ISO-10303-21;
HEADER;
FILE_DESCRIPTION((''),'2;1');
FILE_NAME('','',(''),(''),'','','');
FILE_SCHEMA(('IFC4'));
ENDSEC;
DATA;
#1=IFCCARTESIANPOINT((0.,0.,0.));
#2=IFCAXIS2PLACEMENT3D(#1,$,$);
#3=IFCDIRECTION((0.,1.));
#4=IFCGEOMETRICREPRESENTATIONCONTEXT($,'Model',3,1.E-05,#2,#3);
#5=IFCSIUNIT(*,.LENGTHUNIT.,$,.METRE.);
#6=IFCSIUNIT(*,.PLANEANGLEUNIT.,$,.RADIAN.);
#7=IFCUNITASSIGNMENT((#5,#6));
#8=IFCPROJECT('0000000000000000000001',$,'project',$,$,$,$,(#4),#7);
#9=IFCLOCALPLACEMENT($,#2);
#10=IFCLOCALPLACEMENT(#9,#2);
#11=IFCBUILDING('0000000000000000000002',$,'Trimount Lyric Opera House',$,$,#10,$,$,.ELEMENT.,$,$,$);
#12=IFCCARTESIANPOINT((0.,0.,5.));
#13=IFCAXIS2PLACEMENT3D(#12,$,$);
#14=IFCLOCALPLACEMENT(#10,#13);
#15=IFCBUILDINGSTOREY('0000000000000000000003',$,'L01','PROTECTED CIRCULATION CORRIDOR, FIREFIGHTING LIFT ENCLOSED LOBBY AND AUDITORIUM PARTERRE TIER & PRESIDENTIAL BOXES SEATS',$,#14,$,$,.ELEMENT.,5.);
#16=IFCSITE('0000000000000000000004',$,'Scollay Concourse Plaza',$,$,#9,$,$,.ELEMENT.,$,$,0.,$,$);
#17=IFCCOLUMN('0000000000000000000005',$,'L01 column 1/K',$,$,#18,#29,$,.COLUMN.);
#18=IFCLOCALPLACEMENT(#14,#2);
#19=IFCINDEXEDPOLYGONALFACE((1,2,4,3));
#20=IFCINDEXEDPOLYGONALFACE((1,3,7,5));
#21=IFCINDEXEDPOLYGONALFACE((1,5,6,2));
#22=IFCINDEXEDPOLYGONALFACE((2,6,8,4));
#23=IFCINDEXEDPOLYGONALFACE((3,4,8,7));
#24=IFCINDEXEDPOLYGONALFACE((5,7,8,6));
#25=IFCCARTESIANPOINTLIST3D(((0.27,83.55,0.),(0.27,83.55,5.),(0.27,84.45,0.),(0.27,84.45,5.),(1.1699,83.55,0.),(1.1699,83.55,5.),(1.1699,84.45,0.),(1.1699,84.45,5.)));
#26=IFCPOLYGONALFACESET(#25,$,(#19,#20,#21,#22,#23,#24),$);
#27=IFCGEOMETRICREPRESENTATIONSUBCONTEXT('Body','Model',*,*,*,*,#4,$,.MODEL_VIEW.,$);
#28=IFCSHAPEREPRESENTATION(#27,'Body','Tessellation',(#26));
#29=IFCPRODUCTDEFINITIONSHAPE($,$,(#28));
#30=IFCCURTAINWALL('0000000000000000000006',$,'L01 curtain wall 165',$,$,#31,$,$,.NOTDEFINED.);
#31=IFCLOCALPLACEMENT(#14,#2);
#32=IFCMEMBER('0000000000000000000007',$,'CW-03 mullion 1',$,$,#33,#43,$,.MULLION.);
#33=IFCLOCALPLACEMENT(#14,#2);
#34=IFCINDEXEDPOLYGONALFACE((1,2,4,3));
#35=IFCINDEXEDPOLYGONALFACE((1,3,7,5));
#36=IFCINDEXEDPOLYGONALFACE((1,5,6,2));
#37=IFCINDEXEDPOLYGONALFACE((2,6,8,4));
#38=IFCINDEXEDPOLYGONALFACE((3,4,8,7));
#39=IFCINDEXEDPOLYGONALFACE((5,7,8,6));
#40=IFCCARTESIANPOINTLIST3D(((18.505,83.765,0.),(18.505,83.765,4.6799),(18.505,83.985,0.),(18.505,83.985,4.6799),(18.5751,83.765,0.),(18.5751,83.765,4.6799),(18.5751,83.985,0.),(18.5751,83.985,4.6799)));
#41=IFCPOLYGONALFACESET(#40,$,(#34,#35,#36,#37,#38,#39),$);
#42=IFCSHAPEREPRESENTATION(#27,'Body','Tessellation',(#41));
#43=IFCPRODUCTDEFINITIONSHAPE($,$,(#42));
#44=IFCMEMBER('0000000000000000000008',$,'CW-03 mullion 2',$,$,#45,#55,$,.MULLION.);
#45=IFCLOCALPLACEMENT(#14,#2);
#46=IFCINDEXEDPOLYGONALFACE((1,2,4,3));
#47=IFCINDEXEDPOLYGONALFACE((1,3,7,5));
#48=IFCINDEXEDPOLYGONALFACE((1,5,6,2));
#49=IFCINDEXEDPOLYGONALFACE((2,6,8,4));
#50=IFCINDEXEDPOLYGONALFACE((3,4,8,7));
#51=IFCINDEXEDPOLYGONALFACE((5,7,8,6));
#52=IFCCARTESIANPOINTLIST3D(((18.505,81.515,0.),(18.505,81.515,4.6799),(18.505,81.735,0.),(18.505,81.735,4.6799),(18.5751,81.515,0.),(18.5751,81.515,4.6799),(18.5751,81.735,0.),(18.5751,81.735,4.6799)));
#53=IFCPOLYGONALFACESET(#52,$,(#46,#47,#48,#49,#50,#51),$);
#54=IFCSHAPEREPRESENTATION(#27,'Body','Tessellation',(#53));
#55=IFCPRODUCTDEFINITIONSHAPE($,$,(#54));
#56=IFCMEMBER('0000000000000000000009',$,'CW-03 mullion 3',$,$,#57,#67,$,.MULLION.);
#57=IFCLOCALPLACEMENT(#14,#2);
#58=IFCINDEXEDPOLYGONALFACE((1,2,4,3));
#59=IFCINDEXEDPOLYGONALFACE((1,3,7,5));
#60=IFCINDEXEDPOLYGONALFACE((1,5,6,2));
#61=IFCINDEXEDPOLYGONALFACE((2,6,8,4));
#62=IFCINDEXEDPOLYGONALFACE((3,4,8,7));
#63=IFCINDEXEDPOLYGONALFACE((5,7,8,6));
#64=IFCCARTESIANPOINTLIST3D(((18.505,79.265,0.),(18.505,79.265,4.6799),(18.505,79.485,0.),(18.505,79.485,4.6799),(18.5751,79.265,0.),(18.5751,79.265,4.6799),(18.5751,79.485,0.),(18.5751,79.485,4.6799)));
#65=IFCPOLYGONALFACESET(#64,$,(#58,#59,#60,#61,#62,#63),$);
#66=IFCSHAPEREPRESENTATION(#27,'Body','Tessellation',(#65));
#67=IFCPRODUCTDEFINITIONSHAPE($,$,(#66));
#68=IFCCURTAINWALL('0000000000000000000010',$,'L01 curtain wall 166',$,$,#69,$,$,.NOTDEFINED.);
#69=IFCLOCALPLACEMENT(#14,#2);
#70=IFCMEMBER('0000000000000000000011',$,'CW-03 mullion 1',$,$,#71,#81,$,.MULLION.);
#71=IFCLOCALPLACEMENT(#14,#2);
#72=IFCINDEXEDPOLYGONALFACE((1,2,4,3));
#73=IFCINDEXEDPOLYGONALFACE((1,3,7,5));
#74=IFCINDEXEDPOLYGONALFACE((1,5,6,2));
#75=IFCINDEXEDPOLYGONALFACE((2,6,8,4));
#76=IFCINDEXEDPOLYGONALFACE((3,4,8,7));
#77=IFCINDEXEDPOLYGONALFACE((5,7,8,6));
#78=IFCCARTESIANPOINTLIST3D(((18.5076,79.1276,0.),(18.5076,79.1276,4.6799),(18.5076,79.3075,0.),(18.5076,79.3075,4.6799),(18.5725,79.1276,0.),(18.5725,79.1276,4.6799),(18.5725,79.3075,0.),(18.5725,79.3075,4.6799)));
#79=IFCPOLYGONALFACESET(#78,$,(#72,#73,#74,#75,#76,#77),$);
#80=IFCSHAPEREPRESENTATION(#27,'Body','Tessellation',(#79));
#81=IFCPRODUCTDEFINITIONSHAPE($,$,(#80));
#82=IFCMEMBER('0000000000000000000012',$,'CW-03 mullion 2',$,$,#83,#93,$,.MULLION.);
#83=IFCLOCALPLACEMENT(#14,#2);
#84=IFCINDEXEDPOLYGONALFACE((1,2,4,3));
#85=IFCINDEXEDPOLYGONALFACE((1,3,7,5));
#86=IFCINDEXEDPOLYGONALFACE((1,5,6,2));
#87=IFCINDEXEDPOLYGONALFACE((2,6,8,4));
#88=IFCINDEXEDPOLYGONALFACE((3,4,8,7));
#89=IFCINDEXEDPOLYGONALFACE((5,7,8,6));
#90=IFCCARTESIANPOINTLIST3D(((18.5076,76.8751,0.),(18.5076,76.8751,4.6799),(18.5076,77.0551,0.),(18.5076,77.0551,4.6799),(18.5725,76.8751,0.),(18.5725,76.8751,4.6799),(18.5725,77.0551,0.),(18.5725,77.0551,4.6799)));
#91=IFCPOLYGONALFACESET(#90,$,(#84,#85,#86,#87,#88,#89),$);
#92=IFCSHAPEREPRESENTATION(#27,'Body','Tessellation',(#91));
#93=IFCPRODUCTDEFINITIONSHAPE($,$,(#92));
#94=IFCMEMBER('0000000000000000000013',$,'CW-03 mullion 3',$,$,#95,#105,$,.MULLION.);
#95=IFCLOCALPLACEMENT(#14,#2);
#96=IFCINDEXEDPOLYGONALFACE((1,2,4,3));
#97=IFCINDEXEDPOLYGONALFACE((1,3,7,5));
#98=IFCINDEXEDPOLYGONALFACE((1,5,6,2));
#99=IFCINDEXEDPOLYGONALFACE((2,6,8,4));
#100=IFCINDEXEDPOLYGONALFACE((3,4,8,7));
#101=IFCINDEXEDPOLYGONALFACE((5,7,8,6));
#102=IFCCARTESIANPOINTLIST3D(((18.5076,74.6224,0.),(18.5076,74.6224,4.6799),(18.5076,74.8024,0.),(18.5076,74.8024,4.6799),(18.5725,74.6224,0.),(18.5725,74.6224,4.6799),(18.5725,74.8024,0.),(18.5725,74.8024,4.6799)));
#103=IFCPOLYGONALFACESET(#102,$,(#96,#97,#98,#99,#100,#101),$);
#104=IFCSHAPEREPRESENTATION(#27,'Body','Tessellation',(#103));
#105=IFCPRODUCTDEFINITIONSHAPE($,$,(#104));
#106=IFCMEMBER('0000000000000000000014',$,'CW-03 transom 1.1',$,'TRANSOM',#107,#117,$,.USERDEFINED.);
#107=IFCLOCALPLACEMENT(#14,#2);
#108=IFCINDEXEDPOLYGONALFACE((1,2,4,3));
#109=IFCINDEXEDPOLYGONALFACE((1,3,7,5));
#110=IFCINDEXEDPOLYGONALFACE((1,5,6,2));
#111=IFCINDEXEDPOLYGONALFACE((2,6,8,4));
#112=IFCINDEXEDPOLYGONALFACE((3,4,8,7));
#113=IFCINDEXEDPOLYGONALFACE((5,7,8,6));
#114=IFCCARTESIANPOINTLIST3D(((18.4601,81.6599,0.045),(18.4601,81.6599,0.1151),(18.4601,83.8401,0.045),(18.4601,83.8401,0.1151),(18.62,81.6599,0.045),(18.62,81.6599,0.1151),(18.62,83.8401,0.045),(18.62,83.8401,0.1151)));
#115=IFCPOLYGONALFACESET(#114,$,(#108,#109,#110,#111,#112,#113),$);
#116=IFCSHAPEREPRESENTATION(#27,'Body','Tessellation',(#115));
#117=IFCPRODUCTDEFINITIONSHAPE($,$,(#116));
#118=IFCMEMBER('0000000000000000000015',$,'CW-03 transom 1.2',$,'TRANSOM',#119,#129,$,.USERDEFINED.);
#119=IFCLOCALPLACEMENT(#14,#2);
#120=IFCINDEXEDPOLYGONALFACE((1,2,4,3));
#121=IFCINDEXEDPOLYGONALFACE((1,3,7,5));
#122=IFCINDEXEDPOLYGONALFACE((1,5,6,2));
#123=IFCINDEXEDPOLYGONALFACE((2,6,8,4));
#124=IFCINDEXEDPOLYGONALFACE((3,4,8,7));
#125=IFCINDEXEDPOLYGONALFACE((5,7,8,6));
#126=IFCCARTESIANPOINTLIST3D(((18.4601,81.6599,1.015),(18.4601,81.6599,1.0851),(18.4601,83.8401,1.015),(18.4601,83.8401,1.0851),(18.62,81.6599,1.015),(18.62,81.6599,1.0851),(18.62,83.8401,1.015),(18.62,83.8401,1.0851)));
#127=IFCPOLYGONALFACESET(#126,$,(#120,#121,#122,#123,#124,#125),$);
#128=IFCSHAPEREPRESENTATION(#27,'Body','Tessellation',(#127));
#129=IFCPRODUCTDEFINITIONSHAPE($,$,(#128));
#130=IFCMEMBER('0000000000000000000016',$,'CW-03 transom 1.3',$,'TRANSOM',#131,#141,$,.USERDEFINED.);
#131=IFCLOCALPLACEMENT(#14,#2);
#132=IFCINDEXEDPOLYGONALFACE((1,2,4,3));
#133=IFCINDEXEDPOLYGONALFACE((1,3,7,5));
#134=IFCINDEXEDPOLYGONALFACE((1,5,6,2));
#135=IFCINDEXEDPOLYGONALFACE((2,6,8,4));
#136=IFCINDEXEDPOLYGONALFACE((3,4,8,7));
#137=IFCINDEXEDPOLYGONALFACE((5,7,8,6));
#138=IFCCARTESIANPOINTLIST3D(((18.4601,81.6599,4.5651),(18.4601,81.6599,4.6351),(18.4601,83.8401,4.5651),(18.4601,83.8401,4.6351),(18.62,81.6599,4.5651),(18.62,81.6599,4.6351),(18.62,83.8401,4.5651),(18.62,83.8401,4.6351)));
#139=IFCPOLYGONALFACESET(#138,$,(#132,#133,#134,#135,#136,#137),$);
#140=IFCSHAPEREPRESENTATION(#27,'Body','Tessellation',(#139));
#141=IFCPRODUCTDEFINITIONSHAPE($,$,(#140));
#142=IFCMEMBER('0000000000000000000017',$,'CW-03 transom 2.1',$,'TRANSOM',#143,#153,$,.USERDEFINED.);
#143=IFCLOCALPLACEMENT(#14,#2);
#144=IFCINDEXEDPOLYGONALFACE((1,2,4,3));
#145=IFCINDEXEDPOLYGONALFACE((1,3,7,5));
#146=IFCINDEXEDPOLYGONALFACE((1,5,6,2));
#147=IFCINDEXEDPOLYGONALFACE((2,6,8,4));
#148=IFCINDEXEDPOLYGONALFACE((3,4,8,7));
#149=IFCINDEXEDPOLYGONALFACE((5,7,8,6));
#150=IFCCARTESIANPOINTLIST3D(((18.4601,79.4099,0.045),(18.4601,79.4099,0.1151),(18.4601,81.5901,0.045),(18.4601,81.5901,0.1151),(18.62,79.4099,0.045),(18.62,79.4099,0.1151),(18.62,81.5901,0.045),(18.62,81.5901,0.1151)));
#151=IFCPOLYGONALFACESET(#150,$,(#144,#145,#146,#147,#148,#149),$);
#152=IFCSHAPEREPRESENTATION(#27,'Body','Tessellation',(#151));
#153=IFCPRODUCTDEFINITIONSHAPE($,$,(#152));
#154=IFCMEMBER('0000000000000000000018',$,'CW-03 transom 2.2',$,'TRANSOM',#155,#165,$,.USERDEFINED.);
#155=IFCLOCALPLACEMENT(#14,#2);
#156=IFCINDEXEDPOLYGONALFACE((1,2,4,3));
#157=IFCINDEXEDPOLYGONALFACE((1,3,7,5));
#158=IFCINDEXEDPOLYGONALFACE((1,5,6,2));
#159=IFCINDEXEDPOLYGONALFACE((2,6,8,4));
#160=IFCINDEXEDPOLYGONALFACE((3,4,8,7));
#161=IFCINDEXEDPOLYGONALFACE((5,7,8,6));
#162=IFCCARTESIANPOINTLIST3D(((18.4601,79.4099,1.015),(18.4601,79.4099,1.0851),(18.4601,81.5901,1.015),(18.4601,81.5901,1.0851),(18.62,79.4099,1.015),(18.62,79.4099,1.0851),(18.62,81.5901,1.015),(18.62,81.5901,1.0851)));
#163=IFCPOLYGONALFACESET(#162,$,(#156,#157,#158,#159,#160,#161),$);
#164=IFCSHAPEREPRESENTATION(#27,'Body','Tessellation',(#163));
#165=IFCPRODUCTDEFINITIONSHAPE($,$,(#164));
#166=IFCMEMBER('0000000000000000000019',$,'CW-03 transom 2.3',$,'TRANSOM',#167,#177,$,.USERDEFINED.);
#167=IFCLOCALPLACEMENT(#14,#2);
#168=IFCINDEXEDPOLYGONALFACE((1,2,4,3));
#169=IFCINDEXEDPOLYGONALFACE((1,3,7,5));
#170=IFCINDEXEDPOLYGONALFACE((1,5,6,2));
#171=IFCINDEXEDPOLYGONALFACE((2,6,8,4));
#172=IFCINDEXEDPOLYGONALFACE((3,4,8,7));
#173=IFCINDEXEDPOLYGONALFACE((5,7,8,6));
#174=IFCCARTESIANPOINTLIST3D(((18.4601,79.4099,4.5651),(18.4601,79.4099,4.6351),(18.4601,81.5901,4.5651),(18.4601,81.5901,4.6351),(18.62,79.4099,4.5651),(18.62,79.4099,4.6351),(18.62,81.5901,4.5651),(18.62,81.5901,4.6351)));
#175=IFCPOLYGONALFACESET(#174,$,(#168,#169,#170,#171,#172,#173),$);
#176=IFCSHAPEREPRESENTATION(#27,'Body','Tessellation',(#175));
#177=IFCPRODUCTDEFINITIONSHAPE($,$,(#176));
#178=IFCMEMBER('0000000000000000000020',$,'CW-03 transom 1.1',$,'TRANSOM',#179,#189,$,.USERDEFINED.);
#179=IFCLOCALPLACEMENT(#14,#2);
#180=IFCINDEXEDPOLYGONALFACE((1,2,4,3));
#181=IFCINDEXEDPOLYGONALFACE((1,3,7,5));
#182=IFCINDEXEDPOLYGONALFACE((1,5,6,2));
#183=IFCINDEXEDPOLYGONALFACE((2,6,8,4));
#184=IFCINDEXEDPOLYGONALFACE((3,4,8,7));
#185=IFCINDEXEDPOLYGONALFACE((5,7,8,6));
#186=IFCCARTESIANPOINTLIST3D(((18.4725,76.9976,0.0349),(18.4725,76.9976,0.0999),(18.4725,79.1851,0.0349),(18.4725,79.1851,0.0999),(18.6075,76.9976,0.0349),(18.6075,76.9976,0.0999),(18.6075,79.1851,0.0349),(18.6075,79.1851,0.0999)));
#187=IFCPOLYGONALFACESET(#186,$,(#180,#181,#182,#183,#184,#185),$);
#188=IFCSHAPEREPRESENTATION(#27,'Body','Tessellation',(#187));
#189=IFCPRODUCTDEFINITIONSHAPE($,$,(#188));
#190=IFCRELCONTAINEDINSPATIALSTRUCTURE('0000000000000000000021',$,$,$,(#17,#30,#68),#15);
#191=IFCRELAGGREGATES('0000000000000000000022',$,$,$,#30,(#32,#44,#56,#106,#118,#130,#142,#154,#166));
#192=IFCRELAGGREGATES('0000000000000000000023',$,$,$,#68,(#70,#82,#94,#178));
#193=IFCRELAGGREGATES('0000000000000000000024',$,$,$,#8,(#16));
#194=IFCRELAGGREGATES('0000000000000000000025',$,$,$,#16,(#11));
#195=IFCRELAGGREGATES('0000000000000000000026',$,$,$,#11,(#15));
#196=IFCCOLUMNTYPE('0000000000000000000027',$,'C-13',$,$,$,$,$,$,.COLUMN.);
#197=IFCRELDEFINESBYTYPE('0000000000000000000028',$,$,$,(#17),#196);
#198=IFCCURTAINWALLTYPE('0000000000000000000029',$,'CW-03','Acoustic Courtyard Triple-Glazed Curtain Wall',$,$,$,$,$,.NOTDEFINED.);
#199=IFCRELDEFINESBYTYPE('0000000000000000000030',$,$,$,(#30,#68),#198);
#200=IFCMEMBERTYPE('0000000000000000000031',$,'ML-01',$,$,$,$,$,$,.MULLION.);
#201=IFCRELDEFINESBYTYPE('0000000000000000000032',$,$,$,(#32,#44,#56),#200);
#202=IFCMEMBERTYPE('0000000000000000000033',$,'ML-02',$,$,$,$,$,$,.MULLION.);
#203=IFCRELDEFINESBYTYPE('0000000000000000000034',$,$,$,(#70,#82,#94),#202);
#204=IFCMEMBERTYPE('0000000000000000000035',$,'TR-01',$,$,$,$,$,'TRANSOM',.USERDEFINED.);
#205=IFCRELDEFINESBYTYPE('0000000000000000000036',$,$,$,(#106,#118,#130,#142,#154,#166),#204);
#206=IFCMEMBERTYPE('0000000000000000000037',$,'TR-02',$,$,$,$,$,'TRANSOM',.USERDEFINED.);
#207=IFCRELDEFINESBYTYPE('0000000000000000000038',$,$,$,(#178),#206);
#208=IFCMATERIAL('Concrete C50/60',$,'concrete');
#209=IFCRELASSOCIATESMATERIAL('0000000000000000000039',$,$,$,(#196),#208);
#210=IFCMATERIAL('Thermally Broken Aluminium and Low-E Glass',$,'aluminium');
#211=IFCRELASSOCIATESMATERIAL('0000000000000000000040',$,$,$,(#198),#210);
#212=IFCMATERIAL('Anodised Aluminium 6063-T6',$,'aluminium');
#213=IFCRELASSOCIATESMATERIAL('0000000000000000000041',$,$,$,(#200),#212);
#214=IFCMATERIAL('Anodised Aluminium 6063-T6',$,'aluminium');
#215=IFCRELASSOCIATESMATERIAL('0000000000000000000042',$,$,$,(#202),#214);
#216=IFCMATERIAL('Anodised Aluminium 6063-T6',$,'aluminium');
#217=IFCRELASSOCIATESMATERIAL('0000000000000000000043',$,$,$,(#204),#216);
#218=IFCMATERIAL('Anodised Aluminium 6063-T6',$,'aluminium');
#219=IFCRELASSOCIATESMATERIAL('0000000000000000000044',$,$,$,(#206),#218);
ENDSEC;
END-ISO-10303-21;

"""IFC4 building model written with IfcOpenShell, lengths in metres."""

from ifc_helpers import new_model, si_unit, direction, frame, origin, origin_2d, place, context, subcontext, project, spatial, rectangle, extrude, material, material_profile, profile_set, type_object, element, aggregate, save


model = new_model("IFC4")

# Units and contexts
model_context = context("Model", 3, precision=1e-05, world=origin(), true_north=direction((0.0, 1.0)))
body_context = subcontext(model_context, "Body", "Model", "MODEL_VIEW")
ifc_project = project(units=[si_unit("LENGTHUNIT", "METRE"), si_unit("PLANEANGLEUNIT", "RADIAN")], contexts=[model_context])

# Site, building, storey
site_placement = place(None, origin())
site = spatial("IfcSite", under=ifc_project, at=site_placement, Name="Scollay Concourse Plaza", CompositionType="ELEMENT", RefElevation=0.0)
building_placement = place(site_placement, origin())
building = spatial("IfcBuilding", under=site, at=building_placement, Name="Trimount Lyric Opera House", CompositionType="ELEMENT")
storey_placement = place(building_placement, frame((0.0, 0.0, 5.0)))
storey = spatial("IfcBuildingStorey", under=building, at=storey_placement, Name="L01", Description="PROTECTED CIRCULATION CORRIDOR, FIREFIGHTING LIFT ENCLOSED LOBBY AND AUDITORIUM PARTERRE TIER & PRESIDENTIAL BOXES SEATS", CompositionType="ELEMENT", Elevation=5.0)

# Column
ifc_material_1 = material(Name="Concrete C50/60", Category="concrete")
ifc_material_profile_1 = material_profile(ifc_material_1, rectangle(XDim=0.8999, YDim=0.8999, at=origin_2d()), Name="RC900X900")
ifc_profile_set_1 = profile_set([ifc_material_profile_1], Name="Concrete C50/60")
column_type = type_object("IfcColumnType", Name="C-13", PredefinedType="COLUMN", material=ifc_profile_set_1)
column_placement = place(storey_placement, frame((0.72, 84.0, 0.0), z_axis=(0.0, 0.0, 1.0), x_axis=(1.0, 0.0, 0.0)))
element("IfcColumn", 1, at=column_placement, inside=storey, type_object=column_type, Name="L01 column 1/K", PredefinedType="COLUMN", context=body_context, shape_type="SweptSolid", body=[
    extrude(rectangle(XDim=0.8999, YDim=0.8999, at=origin_2d()), origin(), (0.0, 0.0, 1.0), 5.0),
])

# Curtain walls, members
ifc_material_2 = material(Name="Thermally Broken Aluminium and Low-E Glass", Category="aluminium")
curtain_wall_type = type_object("IfcCurtainWallType", Name="CW-03", Description="Acoustic Courtyard Triple-Glazed Curtain Wall", PredefinedType="NOTDEFINED", material=ifc_material_2)
curtain_wall_1_placement = place(storey_placement, origin())
curtain_wall_1 = element("IfcCurtainWall", 2, at=curtain_wall_1_placement, inside=storey, type_object=curtain_wall_type, Name="L01 curtain wall 165", PredefinedType="NOTDEFINED")
ifc_material_3 = material(Name="Anodised Aluminium 6063-T6", Category="aluminium")
ifc_material_profile_2 = material_profile(ifc_material_3, rectangle(XDim=0.0701, YDim=0.22, at=origin_2d()), Name="ALU-MULL-70X220")
ifc_profile_set_2 = profile_set([ifc_material_profile_2], Name="Anodised Aluminium 6063-T6")
member_type_1 = type_object("IfcMemberType", Name="ML-01", PredefinedType="MULLION", material=ifc_profile_set_2)
member_1_placement = place(storey_placement, frame((18.54, 83.875, 0.0), z_axis=(0.0, 0.0, 1.0), x_axis=(1.0, 0.0, 0.0)))
member_1 = element("IfcMember", 3, at=member_1_placement, type_object=member_type_1, Name="CW-03 mullion 1", PredefinedType="MULLION", context=body_context, shape_type="SweptSolid", body=[
    extrude(rectangle(XDim=0.0701, YDim=0.22, at=origin_2d()), origin(), (0.0, 0.0, 1.0), 4.6799),
])
member_2_placement = place(storey_placement, frame((18.54, 81.625, 0.0), z_axis=(0.0, 0.0, 1.0), x_axis=(1.0, 0.0, 0.0)))
member_2 = element("IfcMember", 4, at=member_2_placement, type_object=member_type_1, Name="CW-03 mullion 2", PredefinedType="MULLION", context=body_context, shape_type="SweptSolid", body=[
    extrude(rectangle(XDim=0.0701, YDim=0.22, at=origin_2d()), origin(), (0.0, 0.0, 1.0), 4.6799),
])
member_3_placement = place(storey_placement, frame((18.54, 79.375, 0.0), z_axis=(0.0, 0.0, 1.0), x_axis=(1.0, 0.0, 0.0)))
member_3 = element("IfcMember", 5, at=member_3_placement, type_object=member_type_1, Name="CW-03 mullion 3", PredefinedType="MULLION", context=body_context, shape_type="SweptSolid", body=[
    extrude(rectangle(XDim=0.0701, YDim=0.22, at=origin_2d()), origin(), (0.0, 0.0, 1.0), 4.6799),
])
curtain_wall_2_placement = place(storey_placement, origin())
curtain_wall_2 = element("IfcCurtainWall", 6, at=curtain_wall_2_placement, inside=storey, type_object=curtain_wall_type, Name="L01 curtain wall 166", PredefinedType="NOTDEFINED")
ifc_material_4 = material(Name="Anodised Aluminium 6063-T6", Category="aluminium")
ifc_material_profile_3 = material_profile(ifc_material_4, rectangle(XDim=0.0649, YDim=0.1799, at=origin_2d()), Name="ALU-MULL-65X180")
ifc_profile_set_3 = profile_set([ifc_material_profile_3], Name="Anodised Aluminium 6063-T6")
member_type_2 = type_object("IfcMemberType", Name="ML-02", PredefinedType="MULLION", material=ifc_profile_set_3)
member_4_placement = place(storey_placement, frame((18.54, 79.2175, 0.0), z_axis=(0.0, 0.0, 1.0), x_axis=(1.0, 0.0, 0.0)))
member_4 = element("IfcMember", 7, at=member_4_placement, type_object=member_type_2, Name="CW-03 mullion 1", PredefinedType="MULLION", context=body_context, shape_type="SweptSolid", body=[
    extrude(rectangle(XDim=0.0649, YDim=0.1799, at=origin_2d()), origin(), (0.0, 0.0, 1.0), 4.6799),
])
member_5_placement = place(storey_placement, frame((18.54, 76.9651, 0.0), z_axis=(0.0, 0.0, 1.0), x_axis=(1.0, 0.0, 0.0)))
member_5 = element("IfcMember", 8, at=member_5_placement, type_object=member_type_2, Name="CW-03 mullion 2", PredefinedType="MULLION", context=body_context, shape_type="SweptSolid", body=[
    extrude(rectangle(XDim=0.0649, YDim=0.1799, at=origin_2d()), origin(), (0.0, 0.0, 1.0), 4.6799),
])
member_6_placement = place(storey_placement, frame((18.54, 74.7124, 0.0), z_axis=(0.0, 0.0, 1.0), x_axis=(1.0, 0.0, 0.0)))
member_6 = element("IfcMember", 9, at=member_6_placement, type_object=member_type_2, Name="CW-03 mullion 3", PredefinedType="MULLION", context=body_context, shape_type="SweptSolid", body=[
    extrude(rectangle(XDim=0.0649, YDim=0.1799, at=origin_2d()), origin(), (0.0, 0.0, 1.0), 4.6799),
])

# Members
ifc_material_5 = material(Name="Anodised Aluminium 6063-T6", Category="aluminium")
ifc_material_profile_4 = material_profile(ifc_material_5, rectangle(XDim=0.1599, YDim=0.0701, at=origin_2d()), Name="ALU-TRAN-70X160")
ifc_profile_set_4 = profile_set([ifc_material_profile_4], Name="Anodised Aluminium 6063-T6")
member_type_3 = type_object("IfcMemberType", Name="TR-01", ElementType="TRANSOM", PredefinedType="USERDEFINED", material=ifc_profile_set_4)
member_7_placement = place(storey_placement, frame((18.54, 83.8401, 0.0801), z_axis=(0.0, -1.0, 0.0), x_axis=(1.0, 0.0, 0.0)))
member_7 = element("IfcMember", 10, at=member_7_placement, type_object=member_type_3, Name="CW-03 transom 1.1", ObjectType="TRANSOM", PredefinedType="USERDEFINED", context=body_context, shape_type="SweptSolid", body=[
    extrude(rectangle(XDim=0.1599, YDim=0.0701, at=origin_2d()), origin(), (0.0, 0.0, 1.0), 2.1802),
])
member_8_placement = place(storey_placement, frame((18.54, 83.8401, 1.05), z_axis=(0.0, -1.0, 0.0), x_axis=(1.0, 0.0, 0.0)))
member_8 = element("IfcMember", 11, at=member_8_placement, type_object=member_type_3, Name="CW-03 transom 1.2", ObjectType="TRANSOM", PredefinedType="USERDEFINED", context=body_context, shape_type="SweptSolid", body=[
    extrude(rectangle(XDim=0.1599, YDim=0.0701, at=origin_2d()), origin(), (0.0, 0.0, 1.0), 2.1802),
])
member_9_placement = place(storey_placement, frame((18.54, 83.8401, 4.6001), z_axis=(0.0, -1.0, 0.0), x_axis=(1.0, 0.0, 0.0)))
member_9 = element("IfcMember", 12, at=member_9_placement, type_object=member_type_3, Name="CW-03 transom 1.3", ObjectType="TRANSOM", PredefinedType="USERDEFINED", context=body_context, shape_type="SweptSolid", body=[
    extrude(rectangle(XDim=0.1599, YDim=0.0701, at=origin_2d()), origin(), (0.0, 0.0, 1.0), 2.1802),
])
member_10_placement = place(storey_placement, frame((18.54, 81.5901, 0.0801), z_axis=(0.0, -1.0, 0.0), x_axis=(1.0, 0.0, 0.0)))
member_10 = element("IfcMember", 13, at=member_10_placement, type_object=member_type_3, Name="CW-03 transom 2.1", ObjectType="TRANSOM", PredefinedType="USERDEFINED", context=body_context, shape_type="SweptSolid", body=[
    extrude(rectangle(XDim=0.1599, YDim=0.0701, at=origin_2d()), origin(), (0.0, 0.0, 1.0), 2.1802),
])
member_11_placement = place(storey_placement, frame((18.54, 81.5901, 1.05), z_axis=(0.0, -1.0, 0.0), x_axis=(1.0, 0.0, 0.0)))
member_11 = element("IfcMember", 14, at=member_11_placement, type_object=member_type_3, Name="CW-03 transom 2.2", ObjectType="TRANSOM", PredefinedType="USERDEFINED", context=body_context, shape_type="SweptSolid", body=[
    extrude(rectangle(XDim=0.1599, YDim=0.0701, at=origin_2d()), origin(), (0.0, 0.0, 1.0), 2.1802),
])
member_12_placement = place(storey_placement, frame((18.54, 81.5901, 4.6001), z_axis=(0.0, -1.0, 0.0), x_axis=(1.0, 0.0, 0.0)))
member_12 = element("IfcMember", 15, at=member_12_placement, type_object=member_type_3, Name="CW-03 transom 2.3", ObjectType="TRANSOM", PredefinedType="USERDEFINED", context=body_context, shape_type="SweptSolid", body=[
    extrude(rectangle(XDim=0.1599, YDim=0.0701, at=origin_2d()), origin(), (0.0, 0.0, 1.0), 2.1802),
])
ifc_material_6 = material(Name="Anodised Aluminium 6063-T6", Category="aluminium")
ifc_material_profile_5 = material_profile(ifc_material_6, rectangle(XDim=0.135, YDim=0.0649, at=origin_2d()), Name="ALU-TRAN-65X135")
ifc_profile_set_5 = profile_set([ifc_material_profile_5], Name="Anodised Aluminium 6063-T6")
member_type_4 = type_object("IfcMemberType", Name="TR-02", ElementType="TRANSOM", PredefinedType="USERDEFINED", material=ifc_profile_set_5)
member_13_placement = place(storey_placement, frame((18.54, 79.1851, 0.0674), z_axis=(0.0, -1.0, 0.0), x_axis=(1.0, 0.0, 0.0)))
member_13 = element("IfcMember", 16, at=member_13_placement, type_object=member_type_4, Name="CW-03 transom 1.1", ObjectType="TRANSOM", PredefinedType="USERDEFINED", context=body_context, shape_type="SweptSolid", body=[
    extrude(rectangle(XDim=0.135, YDim=0.0649, at=origin_2d()), origin(), (0.0, 0.0, 1.0), 2.1875),
])

aggregate(curtain_wall_1, [member_1, member_2, member_3, member_7, member_8, member_9, member_10, member_11, member_12])
aggregate(curtain_wall_2, [member_4, member_5, member_6, member_13])

save(model, "model.ifc")
